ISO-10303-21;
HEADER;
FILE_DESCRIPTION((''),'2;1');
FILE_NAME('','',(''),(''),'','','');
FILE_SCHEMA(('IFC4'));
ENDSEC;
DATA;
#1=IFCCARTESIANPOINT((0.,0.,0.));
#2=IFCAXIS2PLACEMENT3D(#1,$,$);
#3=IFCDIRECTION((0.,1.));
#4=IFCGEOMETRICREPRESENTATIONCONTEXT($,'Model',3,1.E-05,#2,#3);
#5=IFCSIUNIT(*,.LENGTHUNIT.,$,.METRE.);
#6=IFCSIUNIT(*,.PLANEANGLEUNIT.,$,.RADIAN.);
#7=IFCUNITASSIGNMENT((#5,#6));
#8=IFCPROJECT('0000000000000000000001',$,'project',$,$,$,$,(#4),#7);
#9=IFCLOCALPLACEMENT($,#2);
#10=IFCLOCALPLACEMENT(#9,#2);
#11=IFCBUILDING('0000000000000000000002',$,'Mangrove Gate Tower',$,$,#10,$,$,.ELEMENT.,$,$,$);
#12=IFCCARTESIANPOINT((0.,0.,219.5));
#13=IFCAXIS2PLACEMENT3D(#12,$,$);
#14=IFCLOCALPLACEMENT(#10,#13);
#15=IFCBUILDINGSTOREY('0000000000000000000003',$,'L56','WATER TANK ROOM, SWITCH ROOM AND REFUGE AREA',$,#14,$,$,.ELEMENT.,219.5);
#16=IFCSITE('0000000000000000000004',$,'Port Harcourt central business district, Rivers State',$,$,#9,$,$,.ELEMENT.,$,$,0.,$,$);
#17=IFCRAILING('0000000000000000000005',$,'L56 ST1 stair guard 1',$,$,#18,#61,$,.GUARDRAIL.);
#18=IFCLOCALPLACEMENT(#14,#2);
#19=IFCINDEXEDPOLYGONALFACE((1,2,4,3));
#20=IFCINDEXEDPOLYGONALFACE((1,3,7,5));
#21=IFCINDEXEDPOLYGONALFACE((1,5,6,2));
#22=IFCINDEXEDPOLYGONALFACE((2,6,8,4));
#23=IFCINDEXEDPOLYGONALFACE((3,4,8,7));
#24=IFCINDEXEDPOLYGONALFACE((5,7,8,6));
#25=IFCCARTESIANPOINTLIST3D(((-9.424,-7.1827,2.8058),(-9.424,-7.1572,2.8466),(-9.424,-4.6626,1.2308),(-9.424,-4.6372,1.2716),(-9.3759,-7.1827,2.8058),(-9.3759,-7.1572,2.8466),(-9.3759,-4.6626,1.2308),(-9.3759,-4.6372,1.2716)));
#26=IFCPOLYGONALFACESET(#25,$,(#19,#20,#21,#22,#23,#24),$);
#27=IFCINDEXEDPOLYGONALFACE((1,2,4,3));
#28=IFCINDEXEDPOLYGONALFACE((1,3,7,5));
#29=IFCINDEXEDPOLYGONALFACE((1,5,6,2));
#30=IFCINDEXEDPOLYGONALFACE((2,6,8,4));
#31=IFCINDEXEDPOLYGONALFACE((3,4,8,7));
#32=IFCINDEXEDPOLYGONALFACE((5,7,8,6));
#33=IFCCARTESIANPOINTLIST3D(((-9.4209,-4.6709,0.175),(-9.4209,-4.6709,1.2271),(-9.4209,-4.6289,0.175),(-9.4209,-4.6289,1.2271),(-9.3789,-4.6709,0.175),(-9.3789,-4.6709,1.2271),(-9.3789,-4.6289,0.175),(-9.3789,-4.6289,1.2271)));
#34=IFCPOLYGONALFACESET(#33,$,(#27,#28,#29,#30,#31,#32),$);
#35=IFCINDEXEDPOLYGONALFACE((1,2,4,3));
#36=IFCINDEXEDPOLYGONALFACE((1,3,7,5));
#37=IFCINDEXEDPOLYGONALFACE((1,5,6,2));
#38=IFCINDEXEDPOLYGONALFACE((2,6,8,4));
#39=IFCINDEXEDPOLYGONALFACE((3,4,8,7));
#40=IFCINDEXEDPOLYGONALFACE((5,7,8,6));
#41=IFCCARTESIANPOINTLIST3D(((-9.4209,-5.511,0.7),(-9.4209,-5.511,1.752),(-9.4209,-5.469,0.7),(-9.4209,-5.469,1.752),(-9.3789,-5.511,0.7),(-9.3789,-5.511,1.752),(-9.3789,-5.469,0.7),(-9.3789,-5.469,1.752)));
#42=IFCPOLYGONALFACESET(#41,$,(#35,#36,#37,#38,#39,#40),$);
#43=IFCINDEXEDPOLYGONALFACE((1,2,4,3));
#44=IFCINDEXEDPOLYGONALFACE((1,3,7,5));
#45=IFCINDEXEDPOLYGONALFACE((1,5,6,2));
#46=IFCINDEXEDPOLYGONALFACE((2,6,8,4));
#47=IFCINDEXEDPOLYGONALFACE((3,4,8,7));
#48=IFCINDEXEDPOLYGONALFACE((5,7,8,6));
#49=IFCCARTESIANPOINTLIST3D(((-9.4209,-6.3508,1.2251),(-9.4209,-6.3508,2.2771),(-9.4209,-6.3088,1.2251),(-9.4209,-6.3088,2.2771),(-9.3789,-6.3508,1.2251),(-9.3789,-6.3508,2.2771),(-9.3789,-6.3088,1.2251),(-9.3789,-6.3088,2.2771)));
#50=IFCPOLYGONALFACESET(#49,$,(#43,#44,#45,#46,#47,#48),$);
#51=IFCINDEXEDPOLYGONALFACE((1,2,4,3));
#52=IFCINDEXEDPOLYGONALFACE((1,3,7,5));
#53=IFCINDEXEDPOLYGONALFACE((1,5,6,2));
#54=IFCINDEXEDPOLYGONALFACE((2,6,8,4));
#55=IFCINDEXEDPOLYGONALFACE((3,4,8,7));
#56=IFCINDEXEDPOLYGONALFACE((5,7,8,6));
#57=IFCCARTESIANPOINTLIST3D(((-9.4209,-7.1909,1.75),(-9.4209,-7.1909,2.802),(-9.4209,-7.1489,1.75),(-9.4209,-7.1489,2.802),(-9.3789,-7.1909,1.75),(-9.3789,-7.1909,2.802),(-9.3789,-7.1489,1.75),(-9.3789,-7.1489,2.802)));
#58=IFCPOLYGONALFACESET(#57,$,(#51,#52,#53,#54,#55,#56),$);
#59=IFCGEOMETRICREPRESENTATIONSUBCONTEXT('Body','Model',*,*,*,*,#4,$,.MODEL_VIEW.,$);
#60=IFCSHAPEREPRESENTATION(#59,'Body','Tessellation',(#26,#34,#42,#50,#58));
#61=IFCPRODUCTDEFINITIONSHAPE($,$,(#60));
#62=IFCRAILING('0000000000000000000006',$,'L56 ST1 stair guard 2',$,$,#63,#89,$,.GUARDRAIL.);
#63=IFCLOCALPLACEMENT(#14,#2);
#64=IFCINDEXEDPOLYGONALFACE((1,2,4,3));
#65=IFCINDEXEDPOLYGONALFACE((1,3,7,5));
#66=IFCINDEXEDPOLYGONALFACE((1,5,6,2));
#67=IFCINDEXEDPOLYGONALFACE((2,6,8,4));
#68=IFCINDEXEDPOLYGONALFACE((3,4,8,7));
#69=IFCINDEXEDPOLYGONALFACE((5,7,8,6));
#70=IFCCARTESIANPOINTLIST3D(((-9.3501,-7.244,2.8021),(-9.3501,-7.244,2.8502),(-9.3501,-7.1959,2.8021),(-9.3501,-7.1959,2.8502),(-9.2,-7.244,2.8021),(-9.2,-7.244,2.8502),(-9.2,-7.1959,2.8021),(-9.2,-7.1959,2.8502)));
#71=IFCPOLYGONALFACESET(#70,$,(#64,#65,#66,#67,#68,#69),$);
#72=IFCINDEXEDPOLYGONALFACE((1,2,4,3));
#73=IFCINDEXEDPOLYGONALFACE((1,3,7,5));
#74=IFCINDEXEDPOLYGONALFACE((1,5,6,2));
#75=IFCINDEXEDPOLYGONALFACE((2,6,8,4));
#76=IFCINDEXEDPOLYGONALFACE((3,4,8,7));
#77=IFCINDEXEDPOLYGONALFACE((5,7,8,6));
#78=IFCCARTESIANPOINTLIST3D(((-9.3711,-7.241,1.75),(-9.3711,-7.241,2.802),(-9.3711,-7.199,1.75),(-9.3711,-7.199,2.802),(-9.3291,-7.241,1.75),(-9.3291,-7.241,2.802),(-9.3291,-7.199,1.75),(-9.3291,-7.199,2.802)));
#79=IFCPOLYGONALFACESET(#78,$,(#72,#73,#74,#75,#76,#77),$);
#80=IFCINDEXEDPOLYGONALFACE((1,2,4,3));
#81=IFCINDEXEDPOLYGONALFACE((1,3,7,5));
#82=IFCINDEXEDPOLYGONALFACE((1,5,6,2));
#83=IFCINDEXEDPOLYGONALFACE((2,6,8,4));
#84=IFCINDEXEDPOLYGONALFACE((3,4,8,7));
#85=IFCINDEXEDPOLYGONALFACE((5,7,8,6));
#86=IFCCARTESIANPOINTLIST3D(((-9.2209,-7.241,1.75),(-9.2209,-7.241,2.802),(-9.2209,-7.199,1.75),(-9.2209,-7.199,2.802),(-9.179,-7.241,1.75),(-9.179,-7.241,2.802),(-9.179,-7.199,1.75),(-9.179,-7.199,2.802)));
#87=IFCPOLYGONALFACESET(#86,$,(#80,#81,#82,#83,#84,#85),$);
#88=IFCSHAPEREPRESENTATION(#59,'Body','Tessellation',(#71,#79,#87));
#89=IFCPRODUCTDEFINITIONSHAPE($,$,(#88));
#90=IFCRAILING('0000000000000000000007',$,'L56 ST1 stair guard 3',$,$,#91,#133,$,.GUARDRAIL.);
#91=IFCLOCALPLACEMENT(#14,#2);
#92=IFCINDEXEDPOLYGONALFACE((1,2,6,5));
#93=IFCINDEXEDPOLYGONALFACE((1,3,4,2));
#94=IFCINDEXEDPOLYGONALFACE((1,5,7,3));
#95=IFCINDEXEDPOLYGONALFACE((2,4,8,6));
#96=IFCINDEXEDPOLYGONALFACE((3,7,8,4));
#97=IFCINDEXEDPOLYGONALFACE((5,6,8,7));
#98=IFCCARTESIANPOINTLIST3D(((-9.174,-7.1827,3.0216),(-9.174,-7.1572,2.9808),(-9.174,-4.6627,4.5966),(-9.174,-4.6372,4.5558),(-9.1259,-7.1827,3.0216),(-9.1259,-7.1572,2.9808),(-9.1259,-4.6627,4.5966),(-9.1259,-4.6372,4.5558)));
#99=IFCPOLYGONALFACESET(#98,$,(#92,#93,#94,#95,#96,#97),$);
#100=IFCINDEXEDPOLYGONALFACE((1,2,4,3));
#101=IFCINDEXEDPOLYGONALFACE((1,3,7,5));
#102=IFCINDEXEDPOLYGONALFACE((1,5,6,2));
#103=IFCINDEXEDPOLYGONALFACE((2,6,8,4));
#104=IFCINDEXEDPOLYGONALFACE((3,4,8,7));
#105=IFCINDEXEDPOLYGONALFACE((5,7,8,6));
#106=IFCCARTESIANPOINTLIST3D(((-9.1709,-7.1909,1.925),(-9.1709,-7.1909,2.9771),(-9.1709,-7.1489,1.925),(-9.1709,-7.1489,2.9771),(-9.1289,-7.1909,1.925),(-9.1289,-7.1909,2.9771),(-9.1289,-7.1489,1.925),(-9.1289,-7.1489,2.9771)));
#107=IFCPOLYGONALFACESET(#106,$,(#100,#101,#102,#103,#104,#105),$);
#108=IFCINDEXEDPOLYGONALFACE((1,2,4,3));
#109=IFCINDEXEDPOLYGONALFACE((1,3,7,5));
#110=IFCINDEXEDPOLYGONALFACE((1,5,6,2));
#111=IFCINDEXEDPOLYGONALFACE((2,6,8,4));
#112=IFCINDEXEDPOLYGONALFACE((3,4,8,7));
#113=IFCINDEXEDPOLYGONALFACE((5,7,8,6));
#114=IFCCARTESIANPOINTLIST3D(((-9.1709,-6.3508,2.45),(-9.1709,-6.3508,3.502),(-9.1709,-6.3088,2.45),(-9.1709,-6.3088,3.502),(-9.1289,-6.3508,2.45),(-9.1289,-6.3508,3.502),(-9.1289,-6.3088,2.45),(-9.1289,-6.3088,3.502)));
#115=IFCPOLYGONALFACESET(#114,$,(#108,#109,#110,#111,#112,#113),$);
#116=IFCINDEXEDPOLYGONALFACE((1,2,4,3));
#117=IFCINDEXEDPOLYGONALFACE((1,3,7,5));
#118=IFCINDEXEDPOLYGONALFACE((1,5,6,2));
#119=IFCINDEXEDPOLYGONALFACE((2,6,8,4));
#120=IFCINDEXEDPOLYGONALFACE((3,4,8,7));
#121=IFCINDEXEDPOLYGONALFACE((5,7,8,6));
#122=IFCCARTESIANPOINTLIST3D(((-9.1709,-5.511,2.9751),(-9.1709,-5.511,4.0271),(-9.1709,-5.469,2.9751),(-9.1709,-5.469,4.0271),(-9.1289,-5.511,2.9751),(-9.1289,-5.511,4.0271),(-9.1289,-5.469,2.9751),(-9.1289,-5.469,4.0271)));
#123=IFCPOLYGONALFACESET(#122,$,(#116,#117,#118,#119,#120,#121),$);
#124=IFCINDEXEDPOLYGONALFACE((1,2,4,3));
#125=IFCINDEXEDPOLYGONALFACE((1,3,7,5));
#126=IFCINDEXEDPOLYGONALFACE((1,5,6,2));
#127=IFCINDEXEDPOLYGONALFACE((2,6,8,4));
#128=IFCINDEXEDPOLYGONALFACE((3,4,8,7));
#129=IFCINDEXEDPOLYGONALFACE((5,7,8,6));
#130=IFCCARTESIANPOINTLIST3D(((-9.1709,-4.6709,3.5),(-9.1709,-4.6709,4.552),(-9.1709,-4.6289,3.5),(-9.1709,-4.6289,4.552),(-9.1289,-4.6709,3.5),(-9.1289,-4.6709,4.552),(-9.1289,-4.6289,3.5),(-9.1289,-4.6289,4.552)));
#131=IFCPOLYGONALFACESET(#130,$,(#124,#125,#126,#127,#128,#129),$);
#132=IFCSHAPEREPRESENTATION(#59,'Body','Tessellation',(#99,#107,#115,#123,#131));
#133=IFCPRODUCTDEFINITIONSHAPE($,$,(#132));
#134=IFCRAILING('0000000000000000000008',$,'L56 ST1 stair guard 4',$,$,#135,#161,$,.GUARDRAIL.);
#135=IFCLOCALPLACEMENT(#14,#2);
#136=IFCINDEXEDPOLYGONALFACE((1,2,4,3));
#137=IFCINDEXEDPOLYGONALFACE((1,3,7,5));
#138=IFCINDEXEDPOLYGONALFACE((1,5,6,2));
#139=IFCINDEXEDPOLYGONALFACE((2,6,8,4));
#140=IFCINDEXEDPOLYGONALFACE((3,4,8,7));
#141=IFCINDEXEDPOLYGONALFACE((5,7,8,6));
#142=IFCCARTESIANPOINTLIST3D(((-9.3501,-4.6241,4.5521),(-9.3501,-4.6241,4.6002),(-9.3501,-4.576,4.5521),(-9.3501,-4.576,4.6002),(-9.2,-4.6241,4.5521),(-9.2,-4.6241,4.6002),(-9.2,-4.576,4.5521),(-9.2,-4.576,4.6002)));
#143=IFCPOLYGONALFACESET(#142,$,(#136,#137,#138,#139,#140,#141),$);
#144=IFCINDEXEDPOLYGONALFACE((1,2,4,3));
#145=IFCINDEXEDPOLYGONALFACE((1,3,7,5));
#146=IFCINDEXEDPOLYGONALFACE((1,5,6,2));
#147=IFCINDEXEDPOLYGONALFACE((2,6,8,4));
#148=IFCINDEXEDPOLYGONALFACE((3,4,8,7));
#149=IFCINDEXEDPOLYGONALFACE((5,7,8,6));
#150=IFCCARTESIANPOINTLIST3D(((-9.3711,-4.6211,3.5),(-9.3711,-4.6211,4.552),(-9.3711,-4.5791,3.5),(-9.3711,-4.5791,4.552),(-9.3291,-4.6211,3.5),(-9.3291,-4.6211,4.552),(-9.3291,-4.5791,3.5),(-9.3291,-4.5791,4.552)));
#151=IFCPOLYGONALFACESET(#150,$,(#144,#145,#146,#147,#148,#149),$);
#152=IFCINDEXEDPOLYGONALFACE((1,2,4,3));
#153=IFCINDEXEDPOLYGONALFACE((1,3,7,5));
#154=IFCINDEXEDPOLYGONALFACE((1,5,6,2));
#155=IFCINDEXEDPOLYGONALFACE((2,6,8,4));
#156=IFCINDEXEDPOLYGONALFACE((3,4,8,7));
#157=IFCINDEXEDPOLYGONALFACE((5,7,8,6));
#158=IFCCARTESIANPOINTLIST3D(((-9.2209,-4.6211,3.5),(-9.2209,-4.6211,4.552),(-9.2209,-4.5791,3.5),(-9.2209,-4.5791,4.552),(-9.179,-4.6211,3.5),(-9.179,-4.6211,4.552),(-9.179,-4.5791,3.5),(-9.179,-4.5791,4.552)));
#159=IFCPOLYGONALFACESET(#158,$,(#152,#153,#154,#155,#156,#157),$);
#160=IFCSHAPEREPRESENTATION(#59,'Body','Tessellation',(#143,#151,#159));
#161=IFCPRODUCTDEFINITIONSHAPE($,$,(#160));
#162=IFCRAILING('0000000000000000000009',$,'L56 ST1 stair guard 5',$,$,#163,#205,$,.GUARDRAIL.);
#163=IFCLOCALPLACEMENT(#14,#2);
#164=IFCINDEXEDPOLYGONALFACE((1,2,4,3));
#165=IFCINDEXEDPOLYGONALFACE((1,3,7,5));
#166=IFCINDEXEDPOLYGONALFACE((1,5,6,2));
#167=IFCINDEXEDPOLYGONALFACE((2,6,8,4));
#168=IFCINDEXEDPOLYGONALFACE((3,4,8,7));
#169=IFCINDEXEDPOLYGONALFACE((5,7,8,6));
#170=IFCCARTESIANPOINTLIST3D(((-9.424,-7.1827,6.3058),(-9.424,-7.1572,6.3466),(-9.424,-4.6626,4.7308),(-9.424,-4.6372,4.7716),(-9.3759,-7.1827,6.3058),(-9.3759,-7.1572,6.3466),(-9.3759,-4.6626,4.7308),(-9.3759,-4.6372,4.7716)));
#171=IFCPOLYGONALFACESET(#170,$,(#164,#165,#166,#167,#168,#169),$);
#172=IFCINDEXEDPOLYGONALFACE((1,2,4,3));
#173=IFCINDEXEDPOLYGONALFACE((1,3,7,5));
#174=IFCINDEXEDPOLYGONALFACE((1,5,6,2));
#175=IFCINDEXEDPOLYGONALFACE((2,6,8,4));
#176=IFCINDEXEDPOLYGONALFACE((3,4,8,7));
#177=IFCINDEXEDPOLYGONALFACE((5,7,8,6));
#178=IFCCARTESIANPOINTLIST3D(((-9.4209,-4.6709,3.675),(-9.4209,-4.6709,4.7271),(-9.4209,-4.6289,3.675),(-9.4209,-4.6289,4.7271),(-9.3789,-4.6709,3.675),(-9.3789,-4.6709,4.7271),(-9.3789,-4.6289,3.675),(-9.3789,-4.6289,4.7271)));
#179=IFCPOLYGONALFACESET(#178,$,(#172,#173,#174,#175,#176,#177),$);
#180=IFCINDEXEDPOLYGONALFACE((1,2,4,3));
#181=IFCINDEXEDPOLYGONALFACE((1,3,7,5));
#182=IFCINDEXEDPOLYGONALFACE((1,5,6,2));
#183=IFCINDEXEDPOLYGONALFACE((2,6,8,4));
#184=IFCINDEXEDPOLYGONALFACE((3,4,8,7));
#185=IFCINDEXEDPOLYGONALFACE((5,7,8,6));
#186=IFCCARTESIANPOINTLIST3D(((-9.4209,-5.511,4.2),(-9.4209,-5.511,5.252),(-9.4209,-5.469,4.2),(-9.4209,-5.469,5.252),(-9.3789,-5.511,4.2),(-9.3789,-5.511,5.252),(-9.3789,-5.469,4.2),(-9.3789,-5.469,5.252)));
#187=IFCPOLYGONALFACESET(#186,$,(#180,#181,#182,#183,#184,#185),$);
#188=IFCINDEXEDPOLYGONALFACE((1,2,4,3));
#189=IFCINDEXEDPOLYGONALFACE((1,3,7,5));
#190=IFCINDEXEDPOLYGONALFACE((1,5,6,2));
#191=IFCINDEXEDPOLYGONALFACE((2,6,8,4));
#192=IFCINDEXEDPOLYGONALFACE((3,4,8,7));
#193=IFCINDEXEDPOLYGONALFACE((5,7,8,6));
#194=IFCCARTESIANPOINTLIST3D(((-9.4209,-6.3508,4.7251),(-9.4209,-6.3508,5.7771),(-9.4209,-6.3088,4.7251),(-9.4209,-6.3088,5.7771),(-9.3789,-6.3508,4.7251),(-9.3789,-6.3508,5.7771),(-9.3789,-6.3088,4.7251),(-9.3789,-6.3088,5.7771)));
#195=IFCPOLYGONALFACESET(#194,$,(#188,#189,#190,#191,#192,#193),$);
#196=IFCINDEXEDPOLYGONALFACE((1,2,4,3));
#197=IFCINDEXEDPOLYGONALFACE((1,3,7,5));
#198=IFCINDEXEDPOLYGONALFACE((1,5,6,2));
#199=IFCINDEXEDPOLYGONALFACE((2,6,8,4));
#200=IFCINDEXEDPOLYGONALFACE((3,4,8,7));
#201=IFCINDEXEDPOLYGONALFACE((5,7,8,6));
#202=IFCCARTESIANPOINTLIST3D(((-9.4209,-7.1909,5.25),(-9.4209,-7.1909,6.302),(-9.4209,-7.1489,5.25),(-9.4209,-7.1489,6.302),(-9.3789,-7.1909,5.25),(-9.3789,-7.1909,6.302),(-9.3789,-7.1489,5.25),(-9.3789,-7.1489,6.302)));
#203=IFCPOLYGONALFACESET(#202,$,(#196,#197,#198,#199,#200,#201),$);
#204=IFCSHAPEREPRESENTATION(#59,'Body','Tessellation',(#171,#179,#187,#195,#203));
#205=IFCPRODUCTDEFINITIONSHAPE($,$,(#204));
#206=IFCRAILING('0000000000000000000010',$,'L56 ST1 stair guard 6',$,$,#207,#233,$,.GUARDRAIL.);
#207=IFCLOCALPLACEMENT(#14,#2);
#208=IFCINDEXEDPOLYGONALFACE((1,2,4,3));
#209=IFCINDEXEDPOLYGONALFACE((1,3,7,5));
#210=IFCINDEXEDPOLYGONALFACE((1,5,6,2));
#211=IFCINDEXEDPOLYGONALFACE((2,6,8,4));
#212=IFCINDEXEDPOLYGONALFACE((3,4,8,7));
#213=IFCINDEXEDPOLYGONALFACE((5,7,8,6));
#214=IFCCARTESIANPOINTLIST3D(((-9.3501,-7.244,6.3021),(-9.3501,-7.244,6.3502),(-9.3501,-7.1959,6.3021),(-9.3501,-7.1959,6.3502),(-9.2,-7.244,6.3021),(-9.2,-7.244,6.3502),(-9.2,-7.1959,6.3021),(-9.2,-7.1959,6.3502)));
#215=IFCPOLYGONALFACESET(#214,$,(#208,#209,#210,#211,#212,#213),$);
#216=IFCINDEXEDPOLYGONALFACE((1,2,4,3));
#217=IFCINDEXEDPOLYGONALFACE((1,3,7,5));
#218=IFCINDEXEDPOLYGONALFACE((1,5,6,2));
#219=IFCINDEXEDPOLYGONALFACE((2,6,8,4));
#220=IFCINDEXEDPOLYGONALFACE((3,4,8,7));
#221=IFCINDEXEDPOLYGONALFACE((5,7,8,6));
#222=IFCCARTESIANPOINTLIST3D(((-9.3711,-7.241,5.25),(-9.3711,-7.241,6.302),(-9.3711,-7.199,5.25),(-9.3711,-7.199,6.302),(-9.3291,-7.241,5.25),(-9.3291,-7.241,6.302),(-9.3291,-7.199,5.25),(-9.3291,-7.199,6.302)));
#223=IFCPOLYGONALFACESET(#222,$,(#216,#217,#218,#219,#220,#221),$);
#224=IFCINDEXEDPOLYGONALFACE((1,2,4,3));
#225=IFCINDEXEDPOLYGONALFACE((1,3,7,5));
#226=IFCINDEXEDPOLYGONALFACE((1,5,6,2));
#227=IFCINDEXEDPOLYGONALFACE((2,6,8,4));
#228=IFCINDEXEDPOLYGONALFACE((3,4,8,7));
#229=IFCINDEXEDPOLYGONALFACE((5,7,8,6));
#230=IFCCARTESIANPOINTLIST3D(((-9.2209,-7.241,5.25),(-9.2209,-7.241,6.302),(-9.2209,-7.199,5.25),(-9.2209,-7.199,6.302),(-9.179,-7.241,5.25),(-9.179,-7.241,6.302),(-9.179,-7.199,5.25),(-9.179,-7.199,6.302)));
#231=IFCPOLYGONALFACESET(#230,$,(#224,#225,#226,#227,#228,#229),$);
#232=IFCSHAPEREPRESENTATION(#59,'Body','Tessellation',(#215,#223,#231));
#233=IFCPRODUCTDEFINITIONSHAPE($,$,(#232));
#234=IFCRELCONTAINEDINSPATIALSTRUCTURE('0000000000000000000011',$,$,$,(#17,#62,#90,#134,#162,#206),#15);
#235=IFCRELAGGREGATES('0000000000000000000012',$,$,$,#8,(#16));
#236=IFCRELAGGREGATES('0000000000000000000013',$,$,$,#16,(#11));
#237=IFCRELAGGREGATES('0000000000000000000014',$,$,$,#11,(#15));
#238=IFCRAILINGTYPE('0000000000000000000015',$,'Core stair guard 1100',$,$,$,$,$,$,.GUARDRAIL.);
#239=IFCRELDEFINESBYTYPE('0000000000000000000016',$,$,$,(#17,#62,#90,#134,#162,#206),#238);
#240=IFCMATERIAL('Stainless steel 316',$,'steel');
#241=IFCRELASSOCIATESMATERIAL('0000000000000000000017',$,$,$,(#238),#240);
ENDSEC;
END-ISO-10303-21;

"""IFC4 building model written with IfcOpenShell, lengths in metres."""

from ifc_helpers import new_model, si_unit, direction, frame, origin, origin_2d, place, context, subcontext, project, spatial, rectangle, extrude, material, type_object, element, save


model = new_model("IFC4")

# Units and contexts
model_context = context("Model", 3, precision=1e-05, world=origin(), true_north=direction((0.0, 1.0)))
body_context = subcontext(model_context, "Body", "Model", "MODEL_VIEW")
ifc_project = project(units=[si_unit("LENGTHUNIT", "METRE"), si_unit("PLANEANGLEUNIT", "RADIAN")], contexts=[model_context])

# Site, building, storey
site_placement = place(None, origin())
site = spatial("IfcSite", under=ifc_project, at=site_placement, Name="Port Harcourt central business district, Rivers State", CompositionType="ELEMENT", RefElevation=0.0)
building_placement = place(site_placement, origin())
building = spatial("IfcBuilding", under=site, at=building_placement, Name="Mangrove Gate Tower", CompositionType="ELEMENT")
storey_placement = place(building_placement, frame((0.0, 0.0, 219.5)))
storey = spatial("IfcBuildingStorey", under=building, at=storey_placement, Name="L56", Description="WATER TANK ROOM, SWITCH ROOM AND REFUGE AREA", CompositionType="ELEMENT", Elevation=219.5)

# Railings
ifc_material_1 = material(Name="Stainless steel 316", Category="steel")
railing_type_1 = type_object("IfcRailingType", Name="Core stair guard 1100", PredefinedType="GUARDRAIL", material=ifc_material_1)
railing_1_placement = place(storey_placement, frame((-9.3999, -4.6499, 0.175)))
element("IfcRailing", 1, at=railing_1_placement, inside=storey, type_object=railing_type_1, Name="L56 ST1 stair guard 1", PredefinedType="GUARDRAIL", context=body_context, shape_type="SweptSolid", body=[
    extrude(rectangle(XDim=0.0481, YDim=0.0481, at=origin_2d()), frame((0.0, 0.0, 1.0762), z_axis=(0.0, -0.848008, 0.529984), x_axis=(1.0, 0.0, 0.0)), (0.0, 0.0, 1.0), 2.9717),
    extrude(rectangle(XDim=0.042, YDim=0.042, at=origin_2d()), origin(), (0.0, 0.0, 1.0), 1.052),
    extrude(rectangle(XDim=0.042, YDim=0.042, at=origin_2d()), frame((0.0, -0.8401, 0.5249)), (0.0, 0.0, 1.0), 1.052),
    extrude(rectangle(XDim=0.042, YDim=0.042, at=origin_2d()), frame((0.0, -1.6799, 1.05)), (0.0, 0.0, 1.0), 1.052),
    extrude(rectangle(XDim=0.042, YDim=0.042, at=origin_2d()), frame((0.0, -2.52, 1.575)), (0.0, 0.0, 1.0), 1.052),
])
railing_2_placement = place(storey_placement, frame((-9.3501, -7.22, 1.75)))
element("IfcRailing", 2, at=railing_2_placement, inside=storey, type_object=railing_type_1, Name="L56 ST1 stair guard 2", PredefinedType="GUARDRAIL", context=body_context, shape_type="SweptSolid", body=[
    extrude(rectangle(XDim=0.0481, YDim=0.0481, at=origin_2d()), frame((0.0, 0.0, 1.0762), z_axis=(1.0, 0.0, 0.0), x_axis=(0.0, 1.0, 0.0)), (0.0, 0.0, 1.0), 0.1501),
    extrude(rectangle(XDim=0.042, YDim=0.042, at=origin_2d()), origin(), (0.0, 0.0, 1.0), 1.052),
    extrude(rectangle(XDim=0.042, YDim=0.042, at=origin_2d()), frame((0.1501, 0.0, 0.0)), (0.0, 0.0, 1.0), 1.052),
])
railing_3_placement = place(storey_placement, frame((-9.1499, -7.1699, 1.925)))
element("IfcRailing", 3, at=railing_3_placement, inside=storey, type_object=railing_type_1, Name="L56 ST1 stair guard 3", PredefinedType="GUARDRAIL", context=body_context, shape_type="SweptSolid", body=[
    extrude(rectangle(XDim=0.0481, YDim=0.0481, at=origin_2d()), frame((0.0, 0.0, 1.0762), z_axis=(0.0, 0.848008, 0.529984), x_axis=(-1.0, 0.0, 0.0)), (0.0, 0.0, 1.0), 2.9717),
    extrude(rectangle(XDim=0.042, YDim=0.042, at=origin_2d()), origin(), (0.0, 0.0, 1.0), 1.052),
    extrude(rectangle(XDim=0.042, YDim=0.042, at=origin_2d()), frame((0.0, 0.8401, 0.5249)), (0.0, 0.0, 1.0), 1.052),
    extrude(rectangle(XDim=0.042, YDim=0.042, at=origin_2d()), frame((0.0, 1.6799, 1.05)), (0.0, 0.0, 1.0), 1.052),
    extrude(rectangle(XDim=0.042, YDim=0.042, at=origin_2d()), frame((0.0, 2.52, 1.575)), (0.0, 0.0, 1.0), 1.052),
])
railing_4_placement = place(storey_placement, frame((-9.3501, -4.6001, 3.5)))
element("IfcRailing", 4, at=railing_4_placement, inside=storey, type_object=railing_type_1, Name="L56 ST1 stair guard 4", PredefinedType="GUARDRAIL", context=body_context, shape_type="SweptSolid", body=[
    extrude(rectangle(XDim=0.0481, YDim=0.0481, at=origin_2d()), frame((0.0, 0.0, 1.0762), z_axis=(1.0, 0.0, 0.0), x_axis=(0.0, 1.0, 0.0)), (0.0, 0.0, 1.0), 0.1501),
    extrude(rectangle(XDim=0.042, YDim=0.042, at=origin_2d()), origin(), (0.0, 0.0, 1.0), 1.052),
    extrude(rectangle(XDim=0.042, YDim=0.042, at=origin_2d()), frame((0.1501, 0.0, 0.0)), (0.0, 0.0, 1.0), 1.052),
])
railing_5_placement = place(storey_placement, frame((-9.3999, -4.6499, 3.675)))
element("IfcRailing", 5, at=railing_5_placement, inside=storey, type_object=railing_type_1, Name="L56 ST1 stair guard 5", PredefinedType="GUARDRAIL", context=body_context, shape_type="SweptSolid", body=[
    extrude(rectangle(XDim=0.0481, YDim=0.0481, at=origin_2d()), frame((0.0, 0.0, 1.0762), z_axis=(0.0, -0.848008, 0.529984), x_axis=(1.0, 0.0, 0.0)), (0.0, 0.0, 1.0), 2.9717),
    extrude(rectangle(XDim=0.042, YDim=0.042, at=origin_2d()), origin(), (0.0, 0.0, 1.0), 1.052),
    extrude(rectangle(XDim=0.042, YDim=0.042, at=origin_2d()), frame((0.0, -0.8401, 0.5249)), (0.0, 0.0, 1.0), 1.052),
    extrude(rectangle(XDim=0.042, YDim=0.042, at=origin_2d()), frame((0.0, -1.6799, 1.05)), (0.0, 0.0, 1.0), 1.052),
    extrude(rectangle(XDim=0.042, YDim=0.042, at=origin_2d()), frame((0.0, -2.52, 1.575)), (0.0, 0.0, 1.0), 1.052),
])
railing_6_placement = place(storey_placement, frame((-9.3501, -7.22, 5.25)))
element("IfcRailing", 6, at=railing_6_placement, inside=storey, type_object=railing_type_1, Name="L56 ST1 stair guard 6", PredefinedType="GUARDRAIL", context=body_context, shape_type="SweptSolid", body=[
    extrude(rectangle(XDim=0.0481, YDim=0.0481, at=origin_2d()), frame((0.0, 0.0, 1.0762), z_axis=(1.0, 0.0, 0.0), x_axis=(0.0, 1.0, 0.0)), (0.0, 0.0, 1.0), 0.1501),
    extrude(rectangle(XDim=0.042, YDim=0.042, at=origin_2d()), origin(), (0.0, 0.0, 1.0), 1.052),
    extrude(rectangle(XDim=0.042, YDim=0.042, at=origin_2d()), frame((0.1501, 0.0, 0.0)), (0.0, 0.0, 1.0), 1.052),
])

save(model, "model.ifc")
